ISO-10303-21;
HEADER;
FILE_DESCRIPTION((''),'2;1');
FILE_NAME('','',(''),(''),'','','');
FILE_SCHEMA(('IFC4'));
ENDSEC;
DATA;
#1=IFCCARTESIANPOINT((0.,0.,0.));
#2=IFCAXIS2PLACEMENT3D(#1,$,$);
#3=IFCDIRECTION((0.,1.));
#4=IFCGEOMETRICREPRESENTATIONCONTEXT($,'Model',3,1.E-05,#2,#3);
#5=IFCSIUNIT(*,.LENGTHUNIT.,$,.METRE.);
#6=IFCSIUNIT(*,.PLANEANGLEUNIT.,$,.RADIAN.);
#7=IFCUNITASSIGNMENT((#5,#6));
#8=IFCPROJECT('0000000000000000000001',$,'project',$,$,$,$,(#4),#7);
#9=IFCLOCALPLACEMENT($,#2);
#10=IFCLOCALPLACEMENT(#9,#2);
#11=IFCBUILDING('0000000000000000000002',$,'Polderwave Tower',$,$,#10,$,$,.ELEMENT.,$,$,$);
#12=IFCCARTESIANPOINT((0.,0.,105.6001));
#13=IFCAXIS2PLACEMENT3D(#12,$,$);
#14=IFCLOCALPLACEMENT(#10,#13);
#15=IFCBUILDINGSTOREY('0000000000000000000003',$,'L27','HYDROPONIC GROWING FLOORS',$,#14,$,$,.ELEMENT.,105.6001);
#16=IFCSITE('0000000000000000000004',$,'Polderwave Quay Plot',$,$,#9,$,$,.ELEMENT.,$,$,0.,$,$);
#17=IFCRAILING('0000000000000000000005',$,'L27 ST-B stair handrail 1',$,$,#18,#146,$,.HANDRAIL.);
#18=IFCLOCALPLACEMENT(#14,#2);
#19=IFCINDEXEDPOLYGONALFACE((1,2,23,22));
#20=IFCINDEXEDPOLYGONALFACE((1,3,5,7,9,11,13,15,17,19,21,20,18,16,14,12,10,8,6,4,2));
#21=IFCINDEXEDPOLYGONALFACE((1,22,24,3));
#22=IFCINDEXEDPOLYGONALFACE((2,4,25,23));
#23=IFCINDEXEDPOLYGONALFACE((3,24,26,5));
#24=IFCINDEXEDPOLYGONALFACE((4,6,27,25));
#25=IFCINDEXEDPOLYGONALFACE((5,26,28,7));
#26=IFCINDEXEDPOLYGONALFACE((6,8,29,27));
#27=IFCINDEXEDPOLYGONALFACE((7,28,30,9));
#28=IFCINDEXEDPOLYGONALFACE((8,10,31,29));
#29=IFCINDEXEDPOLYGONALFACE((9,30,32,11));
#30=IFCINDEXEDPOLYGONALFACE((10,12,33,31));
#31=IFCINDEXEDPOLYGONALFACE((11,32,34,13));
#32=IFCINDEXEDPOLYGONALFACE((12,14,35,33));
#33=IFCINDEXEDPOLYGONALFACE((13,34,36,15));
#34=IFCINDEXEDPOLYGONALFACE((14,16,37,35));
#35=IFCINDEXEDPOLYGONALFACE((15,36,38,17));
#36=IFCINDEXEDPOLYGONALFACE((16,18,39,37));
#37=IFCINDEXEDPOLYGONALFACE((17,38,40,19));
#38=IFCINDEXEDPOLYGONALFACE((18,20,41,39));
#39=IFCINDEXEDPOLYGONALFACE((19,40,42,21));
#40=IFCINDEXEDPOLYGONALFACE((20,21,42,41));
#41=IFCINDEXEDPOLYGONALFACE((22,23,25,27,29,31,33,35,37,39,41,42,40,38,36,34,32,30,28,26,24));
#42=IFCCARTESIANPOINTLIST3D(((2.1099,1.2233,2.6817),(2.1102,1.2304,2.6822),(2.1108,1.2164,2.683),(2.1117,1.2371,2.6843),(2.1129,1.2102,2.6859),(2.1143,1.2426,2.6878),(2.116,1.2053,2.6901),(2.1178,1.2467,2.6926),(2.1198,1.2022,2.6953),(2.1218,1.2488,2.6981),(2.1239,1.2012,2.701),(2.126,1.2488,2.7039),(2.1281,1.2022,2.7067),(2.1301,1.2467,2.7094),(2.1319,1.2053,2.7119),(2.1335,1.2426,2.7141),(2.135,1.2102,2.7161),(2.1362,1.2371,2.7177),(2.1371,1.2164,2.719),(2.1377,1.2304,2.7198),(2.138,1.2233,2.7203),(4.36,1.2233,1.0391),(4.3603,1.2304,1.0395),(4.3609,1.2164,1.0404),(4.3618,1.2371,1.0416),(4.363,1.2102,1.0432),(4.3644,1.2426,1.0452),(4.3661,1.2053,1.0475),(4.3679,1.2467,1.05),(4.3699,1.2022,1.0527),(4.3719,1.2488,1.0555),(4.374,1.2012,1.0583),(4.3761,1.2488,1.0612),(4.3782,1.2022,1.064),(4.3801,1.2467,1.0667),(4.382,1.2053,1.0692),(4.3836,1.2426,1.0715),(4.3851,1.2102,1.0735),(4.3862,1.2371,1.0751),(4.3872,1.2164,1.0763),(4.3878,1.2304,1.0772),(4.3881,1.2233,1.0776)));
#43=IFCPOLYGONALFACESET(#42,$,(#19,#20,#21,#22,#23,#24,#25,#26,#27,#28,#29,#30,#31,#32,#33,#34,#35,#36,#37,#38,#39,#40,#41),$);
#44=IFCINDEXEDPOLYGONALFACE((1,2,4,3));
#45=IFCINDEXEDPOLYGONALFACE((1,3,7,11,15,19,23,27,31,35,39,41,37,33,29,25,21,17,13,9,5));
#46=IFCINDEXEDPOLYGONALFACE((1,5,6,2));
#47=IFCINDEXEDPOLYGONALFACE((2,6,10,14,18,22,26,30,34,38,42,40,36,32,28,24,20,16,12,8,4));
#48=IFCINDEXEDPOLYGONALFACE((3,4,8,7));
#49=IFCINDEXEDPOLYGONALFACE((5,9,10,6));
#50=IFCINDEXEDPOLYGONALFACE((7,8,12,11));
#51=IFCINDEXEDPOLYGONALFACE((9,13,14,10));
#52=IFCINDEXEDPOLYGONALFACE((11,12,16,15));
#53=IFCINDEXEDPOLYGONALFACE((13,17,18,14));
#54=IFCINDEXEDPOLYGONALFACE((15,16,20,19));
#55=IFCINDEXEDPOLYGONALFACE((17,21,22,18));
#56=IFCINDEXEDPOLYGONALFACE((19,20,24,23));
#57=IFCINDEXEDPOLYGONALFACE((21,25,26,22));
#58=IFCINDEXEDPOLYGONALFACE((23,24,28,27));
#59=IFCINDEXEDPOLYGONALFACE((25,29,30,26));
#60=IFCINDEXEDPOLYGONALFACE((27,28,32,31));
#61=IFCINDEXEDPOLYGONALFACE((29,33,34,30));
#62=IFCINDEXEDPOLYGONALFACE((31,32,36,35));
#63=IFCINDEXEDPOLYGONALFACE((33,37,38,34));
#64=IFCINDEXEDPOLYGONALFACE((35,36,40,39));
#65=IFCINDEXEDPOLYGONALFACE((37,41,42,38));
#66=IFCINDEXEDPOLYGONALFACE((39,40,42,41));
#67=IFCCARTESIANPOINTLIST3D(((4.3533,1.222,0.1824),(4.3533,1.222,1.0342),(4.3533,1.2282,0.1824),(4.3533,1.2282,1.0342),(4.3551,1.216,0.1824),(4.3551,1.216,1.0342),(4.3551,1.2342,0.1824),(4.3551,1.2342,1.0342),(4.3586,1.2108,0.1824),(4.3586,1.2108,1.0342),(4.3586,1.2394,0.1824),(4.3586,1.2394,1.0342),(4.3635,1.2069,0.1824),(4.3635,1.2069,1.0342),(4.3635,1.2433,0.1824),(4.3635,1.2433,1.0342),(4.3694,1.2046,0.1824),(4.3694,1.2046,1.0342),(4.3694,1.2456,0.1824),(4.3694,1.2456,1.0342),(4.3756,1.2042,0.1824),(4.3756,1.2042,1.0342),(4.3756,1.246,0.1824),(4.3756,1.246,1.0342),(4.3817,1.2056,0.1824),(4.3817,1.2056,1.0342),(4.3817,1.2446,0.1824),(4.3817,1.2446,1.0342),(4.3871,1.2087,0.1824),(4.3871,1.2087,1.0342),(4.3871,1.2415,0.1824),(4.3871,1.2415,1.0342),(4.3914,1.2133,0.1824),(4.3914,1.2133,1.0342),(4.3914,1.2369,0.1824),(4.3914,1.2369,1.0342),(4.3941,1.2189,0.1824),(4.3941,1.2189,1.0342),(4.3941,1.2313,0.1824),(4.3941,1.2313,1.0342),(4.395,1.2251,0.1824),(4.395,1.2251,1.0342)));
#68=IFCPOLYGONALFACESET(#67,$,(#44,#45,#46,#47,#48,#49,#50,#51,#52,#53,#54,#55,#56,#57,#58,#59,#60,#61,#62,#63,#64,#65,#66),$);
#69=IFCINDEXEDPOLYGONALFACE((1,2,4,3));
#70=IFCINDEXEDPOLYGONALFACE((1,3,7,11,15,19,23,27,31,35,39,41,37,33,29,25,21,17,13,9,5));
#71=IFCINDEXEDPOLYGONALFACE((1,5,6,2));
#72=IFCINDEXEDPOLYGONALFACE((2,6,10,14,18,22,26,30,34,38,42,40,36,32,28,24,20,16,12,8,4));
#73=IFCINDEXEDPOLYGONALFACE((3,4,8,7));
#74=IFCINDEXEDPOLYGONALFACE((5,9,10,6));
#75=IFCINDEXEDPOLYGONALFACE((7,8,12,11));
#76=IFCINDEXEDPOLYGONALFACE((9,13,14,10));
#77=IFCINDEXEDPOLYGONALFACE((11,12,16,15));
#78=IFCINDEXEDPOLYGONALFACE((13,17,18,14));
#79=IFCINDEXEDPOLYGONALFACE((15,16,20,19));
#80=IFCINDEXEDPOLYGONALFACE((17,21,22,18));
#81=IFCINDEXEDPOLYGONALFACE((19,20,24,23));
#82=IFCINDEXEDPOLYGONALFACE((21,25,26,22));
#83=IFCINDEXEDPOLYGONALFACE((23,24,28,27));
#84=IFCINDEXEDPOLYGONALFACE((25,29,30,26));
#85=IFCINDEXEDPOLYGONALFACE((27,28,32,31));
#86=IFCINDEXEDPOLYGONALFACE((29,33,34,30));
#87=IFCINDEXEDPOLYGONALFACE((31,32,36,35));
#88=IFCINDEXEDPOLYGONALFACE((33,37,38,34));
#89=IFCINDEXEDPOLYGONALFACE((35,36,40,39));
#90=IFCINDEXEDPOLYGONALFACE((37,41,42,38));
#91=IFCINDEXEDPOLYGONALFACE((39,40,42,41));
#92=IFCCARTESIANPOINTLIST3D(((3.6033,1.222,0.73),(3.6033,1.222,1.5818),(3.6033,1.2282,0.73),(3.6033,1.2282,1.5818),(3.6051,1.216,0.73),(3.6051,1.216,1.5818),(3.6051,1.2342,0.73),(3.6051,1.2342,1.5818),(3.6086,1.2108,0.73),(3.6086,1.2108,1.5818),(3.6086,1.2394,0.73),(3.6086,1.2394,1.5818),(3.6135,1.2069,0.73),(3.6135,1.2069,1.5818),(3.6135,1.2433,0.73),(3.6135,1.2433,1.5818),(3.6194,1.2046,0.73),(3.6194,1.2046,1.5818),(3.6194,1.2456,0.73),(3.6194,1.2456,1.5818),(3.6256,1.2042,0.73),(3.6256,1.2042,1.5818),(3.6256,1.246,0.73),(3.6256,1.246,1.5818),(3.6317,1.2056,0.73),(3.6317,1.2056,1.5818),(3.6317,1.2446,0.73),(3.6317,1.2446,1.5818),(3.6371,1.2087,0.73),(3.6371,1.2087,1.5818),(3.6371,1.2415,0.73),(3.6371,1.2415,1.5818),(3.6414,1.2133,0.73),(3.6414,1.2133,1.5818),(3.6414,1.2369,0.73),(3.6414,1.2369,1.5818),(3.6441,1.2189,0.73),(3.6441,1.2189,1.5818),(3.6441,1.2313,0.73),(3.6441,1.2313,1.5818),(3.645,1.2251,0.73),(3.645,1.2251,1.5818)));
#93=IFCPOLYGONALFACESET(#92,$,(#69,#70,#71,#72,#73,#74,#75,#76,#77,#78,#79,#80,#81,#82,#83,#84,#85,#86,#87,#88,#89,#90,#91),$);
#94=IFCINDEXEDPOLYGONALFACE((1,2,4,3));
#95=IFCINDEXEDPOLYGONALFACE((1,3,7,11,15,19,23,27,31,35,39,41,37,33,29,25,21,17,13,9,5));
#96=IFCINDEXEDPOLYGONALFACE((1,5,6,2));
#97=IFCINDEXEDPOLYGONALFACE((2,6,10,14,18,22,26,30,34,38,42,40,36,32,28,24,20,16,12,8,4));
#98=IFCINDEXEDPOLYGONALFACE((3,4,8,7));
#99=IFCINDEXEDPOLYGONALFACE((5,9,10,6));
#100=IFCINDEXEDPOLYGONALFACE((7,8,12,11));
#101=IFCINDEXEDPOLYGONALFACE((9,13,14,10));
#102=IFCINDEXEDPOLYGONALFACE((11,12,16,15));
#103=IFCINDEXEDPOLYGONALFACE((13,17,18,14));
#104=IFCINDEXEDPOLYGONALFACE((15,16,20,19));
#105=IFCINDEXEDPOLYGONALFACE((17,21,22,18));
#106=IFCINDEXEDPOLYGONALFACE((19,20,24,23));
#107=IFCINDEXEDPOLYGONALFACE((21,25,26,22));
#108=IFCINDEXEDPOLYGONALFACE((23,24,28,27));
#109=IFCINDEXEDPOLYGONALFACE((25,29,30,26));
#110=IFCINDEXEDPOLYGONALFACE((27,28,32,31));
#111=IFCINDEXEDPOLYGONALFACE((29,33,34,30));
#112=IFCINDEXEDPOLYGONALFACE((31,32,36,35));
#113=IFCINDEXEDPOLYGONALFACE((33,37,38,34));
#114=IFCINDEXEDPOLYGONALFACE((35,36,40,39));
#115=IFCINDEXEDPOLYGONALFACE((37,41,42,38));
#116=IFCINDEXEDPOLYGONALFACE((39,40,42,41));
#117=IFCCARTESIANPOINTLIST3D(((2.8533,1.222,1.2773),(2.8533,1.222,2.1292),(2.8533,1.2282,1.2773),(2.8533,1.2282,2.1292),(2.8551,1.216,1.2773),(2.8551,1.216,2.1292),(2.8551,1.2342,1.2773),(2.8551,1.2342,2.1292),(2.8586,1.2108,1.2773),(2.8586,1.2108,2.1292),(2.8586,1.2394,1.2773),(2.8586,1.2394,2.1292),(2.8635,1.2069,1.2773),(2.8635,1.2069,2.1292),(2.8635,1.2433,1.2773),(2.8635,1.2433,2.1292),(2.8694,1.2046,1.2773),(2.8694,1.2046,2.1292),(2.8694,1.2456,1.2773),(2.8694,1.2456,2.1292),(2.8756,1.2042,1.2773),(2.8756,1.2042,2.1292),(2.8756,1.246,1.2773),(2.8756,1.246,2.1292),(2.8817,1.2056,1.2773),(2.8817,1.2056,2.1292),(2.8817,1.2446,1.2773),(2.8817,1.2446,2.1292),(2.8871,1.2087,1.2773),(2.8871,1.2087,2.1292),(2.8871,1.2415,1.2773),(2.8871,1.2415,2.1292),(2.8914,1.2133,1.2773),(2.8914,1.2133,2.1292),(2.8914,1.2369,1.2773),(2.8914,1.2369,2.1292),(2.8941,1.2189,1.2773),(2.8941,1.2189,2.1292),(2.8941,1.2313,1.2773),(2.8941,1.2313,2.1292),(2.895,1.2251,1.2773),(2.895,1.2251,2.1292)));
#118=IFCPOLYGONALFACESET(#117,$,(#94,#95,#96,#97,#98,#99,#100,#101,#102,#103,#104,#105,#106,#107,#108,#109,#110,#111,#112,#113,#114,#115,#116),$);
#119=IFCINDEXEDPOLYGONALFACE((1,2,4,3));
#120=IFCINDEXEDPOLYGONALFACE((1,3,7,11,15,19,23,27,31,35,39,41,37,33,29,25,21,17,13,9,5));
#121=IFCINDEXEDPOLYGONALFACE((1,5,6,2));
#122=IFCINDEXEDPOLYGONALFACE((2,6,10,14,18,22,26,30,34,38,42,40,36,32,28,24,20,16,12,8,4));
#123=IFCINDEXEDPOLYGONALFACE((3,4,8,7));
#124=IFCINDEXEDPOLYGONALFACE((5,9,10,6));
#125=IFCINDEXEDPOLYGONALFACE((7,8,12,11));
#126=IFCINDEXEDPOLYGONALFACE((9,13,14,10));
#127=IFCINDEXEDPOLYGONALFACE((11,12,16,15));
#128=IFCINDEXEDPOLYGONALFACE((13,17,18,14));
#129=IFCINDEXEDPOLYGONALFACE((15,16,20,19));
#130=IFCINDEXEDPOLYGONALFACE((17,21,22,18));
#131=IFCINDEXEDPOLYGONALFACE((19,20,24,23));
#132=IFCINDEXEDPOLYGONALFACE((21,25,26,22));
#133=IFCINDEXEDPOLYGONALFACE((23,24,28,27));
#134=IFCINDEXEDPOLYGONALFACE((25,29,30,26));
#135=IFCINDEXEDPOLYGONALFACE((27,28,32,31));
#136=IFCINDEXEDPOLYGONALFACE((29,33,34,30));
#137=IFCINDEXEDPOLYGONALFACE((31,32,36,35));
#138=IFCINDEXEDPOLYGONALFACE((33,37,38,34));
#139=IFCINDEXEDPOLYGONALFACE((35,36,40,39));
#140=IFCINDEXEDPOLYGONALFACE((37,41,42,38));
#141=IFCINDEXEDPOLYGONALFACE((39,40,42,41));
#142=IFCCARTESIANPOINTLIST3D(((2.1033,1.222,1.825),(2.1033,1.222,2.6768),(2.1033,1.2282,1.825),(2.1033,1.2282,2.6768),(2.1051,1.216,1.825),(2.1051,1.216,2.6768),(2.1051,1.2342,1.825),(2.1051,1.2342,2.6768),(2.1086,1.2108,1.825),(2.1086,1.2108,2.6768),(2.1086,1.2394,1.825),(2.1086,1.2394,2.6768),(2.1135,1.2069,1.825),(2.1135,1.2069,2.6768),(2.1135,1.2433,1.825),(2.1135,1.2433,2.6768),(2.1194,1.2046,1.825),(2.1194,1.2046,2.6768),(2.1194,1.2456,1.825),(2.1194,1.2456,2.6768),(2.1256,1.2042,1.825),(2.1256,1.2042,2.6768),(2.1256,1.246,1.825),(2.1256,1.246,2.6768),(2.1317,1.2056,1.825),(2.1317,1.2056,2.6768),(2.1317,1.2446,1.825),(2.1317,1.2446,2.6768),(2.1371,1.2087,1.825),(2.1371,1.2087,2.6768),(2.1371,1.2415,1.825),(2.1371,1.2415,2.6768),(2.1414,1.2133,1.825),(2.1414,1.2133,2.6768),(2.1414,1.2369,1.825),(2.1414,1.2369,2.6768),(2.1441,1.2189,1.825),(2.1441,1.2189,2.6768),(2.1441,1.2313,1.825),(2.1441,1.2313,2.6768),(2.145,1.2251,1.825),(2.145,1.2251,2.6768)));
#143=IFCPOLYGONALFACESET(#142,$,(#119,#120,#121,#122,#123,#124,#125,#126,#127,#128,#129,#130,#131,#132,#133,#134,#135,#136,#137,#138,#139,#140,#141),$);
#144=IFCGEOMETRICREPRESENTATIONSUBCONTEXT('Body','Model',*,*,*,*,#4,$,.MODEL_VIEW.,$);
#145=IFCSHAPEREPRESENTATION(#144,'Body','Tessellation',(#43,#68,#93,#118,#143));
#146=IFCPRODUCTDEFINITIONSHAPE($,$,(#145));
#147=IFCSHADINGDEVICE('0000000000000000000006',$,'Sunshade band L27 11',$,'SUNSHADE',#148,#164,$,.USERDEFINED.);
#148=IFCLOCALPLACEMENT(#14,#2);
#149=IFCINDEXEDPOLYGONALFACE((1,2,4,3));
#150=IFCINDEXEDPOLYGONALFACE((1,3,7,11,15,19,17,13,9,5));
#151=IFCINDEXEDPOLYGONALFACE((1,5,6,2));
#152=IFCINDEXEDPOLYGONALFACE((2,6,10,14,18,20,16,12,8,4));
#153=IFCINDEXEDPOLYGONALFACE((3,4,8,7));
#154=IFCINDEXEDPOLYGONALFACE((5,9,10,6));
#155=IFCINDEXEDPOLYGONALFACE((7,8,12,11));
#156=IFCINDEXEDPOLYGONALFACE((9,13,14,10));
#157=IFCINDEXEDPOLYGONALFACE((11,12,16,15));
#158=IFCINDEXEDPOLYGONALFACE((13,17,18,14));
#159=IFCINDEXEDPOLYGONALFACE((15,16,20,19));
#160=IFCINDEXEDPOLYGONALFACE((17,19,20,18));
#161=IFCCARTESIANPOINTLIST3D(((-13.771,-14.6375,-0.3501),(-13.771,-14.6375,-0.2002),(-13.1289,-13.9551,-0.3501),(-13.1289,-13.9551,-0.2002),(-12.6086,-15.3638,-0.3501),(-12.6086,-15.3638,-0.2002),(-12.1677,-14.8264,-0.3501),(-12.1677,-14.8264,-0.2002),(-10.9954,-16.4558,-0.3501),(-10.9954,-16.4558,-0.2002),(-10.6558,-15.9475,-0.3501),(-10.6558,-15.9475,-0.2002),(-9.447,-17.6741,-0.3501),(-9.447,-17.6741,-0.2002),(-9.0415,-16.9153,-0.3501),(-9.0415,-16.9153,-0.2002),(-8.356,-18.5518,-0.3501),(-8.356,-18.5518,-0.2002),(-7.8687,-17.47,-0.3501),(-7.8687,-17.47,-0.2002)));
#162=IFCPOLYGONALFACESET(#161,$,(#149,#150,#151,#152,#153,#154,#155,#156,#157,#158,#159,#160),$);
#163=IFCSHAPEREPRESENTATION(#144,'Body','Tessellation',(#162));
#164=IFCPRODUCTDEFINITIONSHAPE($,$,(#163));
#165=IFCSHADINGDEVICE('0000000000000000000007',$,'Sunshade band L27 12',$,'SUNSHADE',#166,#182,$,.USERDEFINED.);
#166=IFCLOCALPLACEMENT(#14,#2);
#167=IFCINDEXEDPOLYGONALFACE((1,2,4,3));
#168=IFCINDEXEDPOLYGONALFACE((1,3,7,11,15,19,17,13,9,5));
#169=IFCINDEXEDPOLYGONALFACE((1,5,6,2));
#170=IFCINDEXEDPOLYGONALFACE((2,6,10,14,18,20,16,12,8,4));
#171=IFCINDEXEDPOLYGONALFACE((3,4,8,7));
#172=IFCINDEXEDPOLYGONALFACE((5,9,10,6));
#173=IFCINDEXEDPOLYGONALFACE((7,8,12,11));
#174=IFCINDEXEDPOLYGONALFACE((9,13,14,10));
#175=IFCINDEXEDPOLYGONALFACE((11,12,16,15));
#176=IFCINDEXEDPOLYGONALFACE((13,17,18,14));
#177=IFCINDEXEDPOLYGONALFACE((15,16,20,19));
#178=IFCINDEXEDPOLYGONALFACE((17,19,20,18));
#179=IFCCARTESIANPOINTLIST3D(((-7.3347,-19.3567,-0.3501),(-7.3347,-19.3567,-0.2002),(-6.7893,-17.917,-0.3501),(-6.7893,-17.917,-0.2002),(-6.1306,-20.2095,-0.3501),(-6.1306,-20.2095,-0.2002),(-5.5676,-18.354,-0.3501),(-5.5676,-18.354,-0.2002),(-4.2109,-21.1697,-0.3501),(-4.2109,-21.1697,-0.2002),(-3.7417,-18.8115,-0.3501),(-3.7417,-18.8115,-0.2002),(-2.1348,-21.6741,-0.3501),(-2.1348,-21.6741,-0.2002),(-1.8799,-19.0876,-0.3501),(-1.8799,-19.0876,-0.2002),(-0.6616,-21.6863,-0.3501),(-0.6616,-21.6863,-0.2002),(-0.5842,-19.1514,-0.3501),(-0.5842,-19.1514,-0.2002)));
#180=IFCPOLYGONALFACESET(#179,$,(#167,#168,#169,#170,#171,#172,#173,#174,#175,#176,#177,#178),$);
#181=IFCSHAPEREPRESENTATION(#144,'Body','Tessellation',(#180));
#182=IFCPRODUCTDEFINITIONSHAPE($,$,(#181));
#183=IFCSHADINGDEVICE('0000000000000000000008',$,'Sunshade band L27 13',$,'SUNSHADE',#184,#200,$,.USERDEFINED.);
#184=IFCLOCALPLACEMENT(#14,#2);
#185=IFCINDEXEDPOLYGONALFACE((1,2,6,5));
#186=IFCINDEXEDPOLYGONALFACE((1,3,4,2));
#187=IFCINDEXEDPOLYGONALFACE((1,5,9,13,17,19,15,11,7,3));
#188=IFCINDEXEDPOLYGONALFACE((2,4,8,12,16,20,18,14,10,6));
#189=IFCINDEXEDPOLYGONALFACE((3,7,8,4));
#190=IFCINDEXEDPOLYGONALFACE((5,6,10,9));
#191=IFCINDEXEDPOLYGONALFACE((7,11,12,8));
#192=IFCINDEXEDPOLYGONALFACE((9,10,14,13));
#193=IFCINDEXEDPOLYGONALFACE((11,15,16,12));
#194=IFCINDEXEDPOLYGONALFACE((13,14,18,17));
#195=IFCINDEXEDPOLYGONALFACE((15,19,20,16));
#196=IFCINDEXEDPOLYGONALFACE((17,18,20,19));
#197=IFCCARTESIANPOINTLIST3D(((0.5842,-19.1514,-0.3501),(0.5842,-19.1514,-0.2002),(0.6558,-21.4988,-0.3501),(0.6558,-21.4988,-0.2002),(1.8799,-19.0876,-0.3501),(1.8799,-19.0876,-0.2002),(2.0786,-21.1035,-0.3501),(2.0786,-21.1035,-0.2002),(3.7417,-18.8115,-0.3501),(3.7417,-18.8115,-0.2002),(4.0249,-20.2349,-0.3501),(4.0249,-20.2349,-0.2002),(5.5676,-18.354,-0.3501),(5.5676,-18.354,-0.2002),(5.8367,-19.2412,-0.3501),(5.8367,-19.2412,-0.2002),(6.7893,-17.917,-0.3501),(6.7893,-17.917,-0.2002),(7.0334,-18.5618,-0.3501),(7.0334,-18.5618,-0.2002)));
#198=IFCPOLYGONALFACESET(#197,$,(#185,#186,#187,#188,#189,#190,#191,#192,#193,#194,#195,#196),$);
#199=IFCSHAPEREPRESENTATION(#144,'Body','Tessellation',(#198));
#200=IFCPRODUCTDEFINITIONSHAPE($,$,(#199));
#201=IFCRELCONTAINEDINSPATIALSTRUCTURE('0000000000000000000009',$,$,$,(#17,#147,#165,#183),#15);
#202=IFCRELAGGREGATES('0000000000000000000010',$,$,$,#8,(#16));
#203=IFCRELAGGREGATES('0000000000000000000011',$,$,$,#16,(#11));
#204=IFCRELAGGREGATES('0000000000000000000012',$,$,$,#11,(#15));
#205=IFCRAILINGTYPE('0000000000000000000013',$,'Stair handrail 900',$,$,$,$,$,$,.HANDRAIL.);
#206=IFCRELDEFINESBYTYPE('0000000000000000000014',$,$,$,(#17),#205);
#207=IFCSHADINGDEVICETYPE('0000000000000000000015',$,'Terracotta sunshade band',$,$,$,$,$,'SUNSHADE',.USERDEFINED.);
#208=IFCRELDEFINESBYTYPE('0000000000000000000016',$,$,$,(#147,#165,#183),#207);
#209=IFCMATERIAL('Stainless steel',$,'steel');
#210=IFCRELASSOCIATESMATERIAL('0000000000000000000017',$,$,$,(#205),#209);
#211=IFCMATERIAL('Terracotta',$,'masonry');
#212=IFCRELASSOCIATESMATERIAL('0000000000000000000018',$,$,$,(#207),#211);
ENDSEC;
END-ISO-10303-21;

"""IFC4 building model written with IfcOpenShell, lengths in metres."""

from ifc_helpers import new_model, si_unit, direction, frame, origin, origin_2d, place, context, subcontext, project, spatial, polyline, circle, outline, extrude, material, type_object, element, save


model = new_model("IFC4")

# Units and contexts
model_context = context("Model", 3, precision=1e-05, world=origin(), true_north=direction((0.0, 1.0)))
body_context = subcontext(model_context, "Body", "Model", "MODEL_VIEW")
ifc_project = project(units=[si_unit("LENGTHUNIT", "METRE"), si_unit("PLANEANGLEUNIT", "RADIAN")], contexts=[model_context])

# Site, building, storey
site_placement = place(None, origin())
site = spatial("IfcSite", under=ifc_project, at=site_placement, Name="Polderwave Quay Plot", CompositionType="ELEMENT", RefElevation=0.0)
building_placement = place(site_placement, origin())
building = spatial("IfcBuilding", under=site, at=building_placement, Name="Polderwave Tower", CompositionType="ELEMENT")
storey_placement = place(building_placement, frame((0.0, 0.0, 105.6001)))
storey = spatial("IfcBuildingStorey", under=building, at=storey_placement, Name="L27", Description="HYDROPONIC GROWING FLOORS", CompositionType="ELEMENT", Elevation=105.6001)

# Railing
ifc_material_1 = material(Name="Stainless steel", Category="steel")
railing_type_1 = type_object("IfcRailingType", Name="Stair handrail 900", PredefinedType="HANDRAIL", material=ifc_material_1)
railing_1_placement = place(storey_placement, frame((4.374, 1.2251, 0.1824)))
element("IfcRailing", 1, at=railing_1_placement, inside=storey, type_object=railing_type_1, Name="L27 ST-B stair handrail 1", PredefinedType="HANDRAIL", context=body_context, shape_type="SweptSolid", body=[
    extrude(circle(Radius=0.0239, at=origin_2d()), frame((0.0, 0.0, 0.876), z_axis=(-0.807674, 0.0, 0.58963), x_axis=(0.0, -1.0, 0.0)), (0.0, 0.0, 1.0), 2.7859),
    extrude(circle(Radius=0.021, at=origin_2d()), origin(), (0.0, 0.0, 1.0), 0.8518),
    extrude(circle(Radius=0.021, at=origin_2d()), frame((-0.75, 0.0, 0.5476)), (0.0, 0.0, 1.0), 0.8518),
    extrude(circle(Radius=0.021, at=origin_2d()), frame((-1.5, 0.0, 1.095)), (0.0, 0.0, 1.0), 0.8518),
    extrude(circle(Radius=0.021, at=origin_2d()), frame((-2.25, 0.0, 1.6426)), (0.0, 0.0, 1.0), 0.8518),
])

# Shading devices
ifc_material_2 = material(Name="Terracotta", Category="masonry")
shading_device_type = type_object("IfcShadingDeviceType", Name="Terracotta sunshade band", ElementType="SUNSHADE", PredefinedType="USERDEFINED", material=ifc_material_2)
shading_device_1_placement = place(storey_placement, frame((0.0, 0.0, -0.3501)))
element("IfcShadingDevice", 2, at=shading_device_1_placement, inside=storey, type_object=shading_device_type, Name="Sunshade band L27 11", ObjectType="SUNSHADE", PredefinedType="USERDEFINED", context=body_context, shape_type="SweptSolid", body=[
    extrude(outline(polyline([(-13.1289, -13.9551), (-12.1677, -14.8264), (-10.6558, -15.9475), (-9.0415, -16.9153), (-7.8687, -17.47), (-8.356, -18.5518), (-9.447, -17.6741), (-10.9954, -16.4558), (-12.6086, -15.3638), (-13.771, -14.6375), (-13.1289, -13.9551)])), origin(), (0.0, 0.0, 1.0), 0.1499),
])
shading_device_2_placement = place(storey_placement, frame((0.0, 0.0, -0.3501)))
element("IfcShadingDevice", 3, at=shading_device_2_placement, inside=storey, type_object=shading_device_type, Name="Sunshade band L27 12", ObjectType="SUNSHADE", PredefinedType="USERDEFINED", context=body_context, shape_type="SweptSolid", body=[
    extrude(outline(polyline([(-6.7893, -17.917), (-5.5676, -18.354), (-3.7417, -18.8115), (-1.8799, -19.0876), (-0.5842, -19.1514), (-0.6616, -21.6863), (-2.1348, -21.6741), (-4.2109, -21.1697), (-6.1306, -20.2095), (-7.3347, -19.3567), (-6.7893, -17.917)])), origin(), (0.0, 0.0, 1.0), 0.1499),
])
shading_device_3_placement = place(storey_placement, frame((0.0, 0.0, -0.3501)))
element("IfcShadingDevice", 4, at=shading_device_3_placement, inside=storey, type_object=shading_device_type, Name="Sunshade band L27 13", ObjectType="SUNSHADE", PredefinedType="USERDEFINED", context=body_context, shape_type="SweptSolid", body=[
    extrude(outline(polyline([(0.5842, -19.1514), (1.8799, -19.0876), (3.7417, -18.8115), (5.5676, -18.354), (6.7893, -17.917), (7.0334, -18.5618), (5.8367, -19.2412), (4.0249, -20.2349), (2.0786, -21.1035), (0.6558, -21.4988), (0.5842, -19.1514)])), origin(), (0.0, 0.0, 1.0), 0.1499),
])

save(model, "model.ifc")
